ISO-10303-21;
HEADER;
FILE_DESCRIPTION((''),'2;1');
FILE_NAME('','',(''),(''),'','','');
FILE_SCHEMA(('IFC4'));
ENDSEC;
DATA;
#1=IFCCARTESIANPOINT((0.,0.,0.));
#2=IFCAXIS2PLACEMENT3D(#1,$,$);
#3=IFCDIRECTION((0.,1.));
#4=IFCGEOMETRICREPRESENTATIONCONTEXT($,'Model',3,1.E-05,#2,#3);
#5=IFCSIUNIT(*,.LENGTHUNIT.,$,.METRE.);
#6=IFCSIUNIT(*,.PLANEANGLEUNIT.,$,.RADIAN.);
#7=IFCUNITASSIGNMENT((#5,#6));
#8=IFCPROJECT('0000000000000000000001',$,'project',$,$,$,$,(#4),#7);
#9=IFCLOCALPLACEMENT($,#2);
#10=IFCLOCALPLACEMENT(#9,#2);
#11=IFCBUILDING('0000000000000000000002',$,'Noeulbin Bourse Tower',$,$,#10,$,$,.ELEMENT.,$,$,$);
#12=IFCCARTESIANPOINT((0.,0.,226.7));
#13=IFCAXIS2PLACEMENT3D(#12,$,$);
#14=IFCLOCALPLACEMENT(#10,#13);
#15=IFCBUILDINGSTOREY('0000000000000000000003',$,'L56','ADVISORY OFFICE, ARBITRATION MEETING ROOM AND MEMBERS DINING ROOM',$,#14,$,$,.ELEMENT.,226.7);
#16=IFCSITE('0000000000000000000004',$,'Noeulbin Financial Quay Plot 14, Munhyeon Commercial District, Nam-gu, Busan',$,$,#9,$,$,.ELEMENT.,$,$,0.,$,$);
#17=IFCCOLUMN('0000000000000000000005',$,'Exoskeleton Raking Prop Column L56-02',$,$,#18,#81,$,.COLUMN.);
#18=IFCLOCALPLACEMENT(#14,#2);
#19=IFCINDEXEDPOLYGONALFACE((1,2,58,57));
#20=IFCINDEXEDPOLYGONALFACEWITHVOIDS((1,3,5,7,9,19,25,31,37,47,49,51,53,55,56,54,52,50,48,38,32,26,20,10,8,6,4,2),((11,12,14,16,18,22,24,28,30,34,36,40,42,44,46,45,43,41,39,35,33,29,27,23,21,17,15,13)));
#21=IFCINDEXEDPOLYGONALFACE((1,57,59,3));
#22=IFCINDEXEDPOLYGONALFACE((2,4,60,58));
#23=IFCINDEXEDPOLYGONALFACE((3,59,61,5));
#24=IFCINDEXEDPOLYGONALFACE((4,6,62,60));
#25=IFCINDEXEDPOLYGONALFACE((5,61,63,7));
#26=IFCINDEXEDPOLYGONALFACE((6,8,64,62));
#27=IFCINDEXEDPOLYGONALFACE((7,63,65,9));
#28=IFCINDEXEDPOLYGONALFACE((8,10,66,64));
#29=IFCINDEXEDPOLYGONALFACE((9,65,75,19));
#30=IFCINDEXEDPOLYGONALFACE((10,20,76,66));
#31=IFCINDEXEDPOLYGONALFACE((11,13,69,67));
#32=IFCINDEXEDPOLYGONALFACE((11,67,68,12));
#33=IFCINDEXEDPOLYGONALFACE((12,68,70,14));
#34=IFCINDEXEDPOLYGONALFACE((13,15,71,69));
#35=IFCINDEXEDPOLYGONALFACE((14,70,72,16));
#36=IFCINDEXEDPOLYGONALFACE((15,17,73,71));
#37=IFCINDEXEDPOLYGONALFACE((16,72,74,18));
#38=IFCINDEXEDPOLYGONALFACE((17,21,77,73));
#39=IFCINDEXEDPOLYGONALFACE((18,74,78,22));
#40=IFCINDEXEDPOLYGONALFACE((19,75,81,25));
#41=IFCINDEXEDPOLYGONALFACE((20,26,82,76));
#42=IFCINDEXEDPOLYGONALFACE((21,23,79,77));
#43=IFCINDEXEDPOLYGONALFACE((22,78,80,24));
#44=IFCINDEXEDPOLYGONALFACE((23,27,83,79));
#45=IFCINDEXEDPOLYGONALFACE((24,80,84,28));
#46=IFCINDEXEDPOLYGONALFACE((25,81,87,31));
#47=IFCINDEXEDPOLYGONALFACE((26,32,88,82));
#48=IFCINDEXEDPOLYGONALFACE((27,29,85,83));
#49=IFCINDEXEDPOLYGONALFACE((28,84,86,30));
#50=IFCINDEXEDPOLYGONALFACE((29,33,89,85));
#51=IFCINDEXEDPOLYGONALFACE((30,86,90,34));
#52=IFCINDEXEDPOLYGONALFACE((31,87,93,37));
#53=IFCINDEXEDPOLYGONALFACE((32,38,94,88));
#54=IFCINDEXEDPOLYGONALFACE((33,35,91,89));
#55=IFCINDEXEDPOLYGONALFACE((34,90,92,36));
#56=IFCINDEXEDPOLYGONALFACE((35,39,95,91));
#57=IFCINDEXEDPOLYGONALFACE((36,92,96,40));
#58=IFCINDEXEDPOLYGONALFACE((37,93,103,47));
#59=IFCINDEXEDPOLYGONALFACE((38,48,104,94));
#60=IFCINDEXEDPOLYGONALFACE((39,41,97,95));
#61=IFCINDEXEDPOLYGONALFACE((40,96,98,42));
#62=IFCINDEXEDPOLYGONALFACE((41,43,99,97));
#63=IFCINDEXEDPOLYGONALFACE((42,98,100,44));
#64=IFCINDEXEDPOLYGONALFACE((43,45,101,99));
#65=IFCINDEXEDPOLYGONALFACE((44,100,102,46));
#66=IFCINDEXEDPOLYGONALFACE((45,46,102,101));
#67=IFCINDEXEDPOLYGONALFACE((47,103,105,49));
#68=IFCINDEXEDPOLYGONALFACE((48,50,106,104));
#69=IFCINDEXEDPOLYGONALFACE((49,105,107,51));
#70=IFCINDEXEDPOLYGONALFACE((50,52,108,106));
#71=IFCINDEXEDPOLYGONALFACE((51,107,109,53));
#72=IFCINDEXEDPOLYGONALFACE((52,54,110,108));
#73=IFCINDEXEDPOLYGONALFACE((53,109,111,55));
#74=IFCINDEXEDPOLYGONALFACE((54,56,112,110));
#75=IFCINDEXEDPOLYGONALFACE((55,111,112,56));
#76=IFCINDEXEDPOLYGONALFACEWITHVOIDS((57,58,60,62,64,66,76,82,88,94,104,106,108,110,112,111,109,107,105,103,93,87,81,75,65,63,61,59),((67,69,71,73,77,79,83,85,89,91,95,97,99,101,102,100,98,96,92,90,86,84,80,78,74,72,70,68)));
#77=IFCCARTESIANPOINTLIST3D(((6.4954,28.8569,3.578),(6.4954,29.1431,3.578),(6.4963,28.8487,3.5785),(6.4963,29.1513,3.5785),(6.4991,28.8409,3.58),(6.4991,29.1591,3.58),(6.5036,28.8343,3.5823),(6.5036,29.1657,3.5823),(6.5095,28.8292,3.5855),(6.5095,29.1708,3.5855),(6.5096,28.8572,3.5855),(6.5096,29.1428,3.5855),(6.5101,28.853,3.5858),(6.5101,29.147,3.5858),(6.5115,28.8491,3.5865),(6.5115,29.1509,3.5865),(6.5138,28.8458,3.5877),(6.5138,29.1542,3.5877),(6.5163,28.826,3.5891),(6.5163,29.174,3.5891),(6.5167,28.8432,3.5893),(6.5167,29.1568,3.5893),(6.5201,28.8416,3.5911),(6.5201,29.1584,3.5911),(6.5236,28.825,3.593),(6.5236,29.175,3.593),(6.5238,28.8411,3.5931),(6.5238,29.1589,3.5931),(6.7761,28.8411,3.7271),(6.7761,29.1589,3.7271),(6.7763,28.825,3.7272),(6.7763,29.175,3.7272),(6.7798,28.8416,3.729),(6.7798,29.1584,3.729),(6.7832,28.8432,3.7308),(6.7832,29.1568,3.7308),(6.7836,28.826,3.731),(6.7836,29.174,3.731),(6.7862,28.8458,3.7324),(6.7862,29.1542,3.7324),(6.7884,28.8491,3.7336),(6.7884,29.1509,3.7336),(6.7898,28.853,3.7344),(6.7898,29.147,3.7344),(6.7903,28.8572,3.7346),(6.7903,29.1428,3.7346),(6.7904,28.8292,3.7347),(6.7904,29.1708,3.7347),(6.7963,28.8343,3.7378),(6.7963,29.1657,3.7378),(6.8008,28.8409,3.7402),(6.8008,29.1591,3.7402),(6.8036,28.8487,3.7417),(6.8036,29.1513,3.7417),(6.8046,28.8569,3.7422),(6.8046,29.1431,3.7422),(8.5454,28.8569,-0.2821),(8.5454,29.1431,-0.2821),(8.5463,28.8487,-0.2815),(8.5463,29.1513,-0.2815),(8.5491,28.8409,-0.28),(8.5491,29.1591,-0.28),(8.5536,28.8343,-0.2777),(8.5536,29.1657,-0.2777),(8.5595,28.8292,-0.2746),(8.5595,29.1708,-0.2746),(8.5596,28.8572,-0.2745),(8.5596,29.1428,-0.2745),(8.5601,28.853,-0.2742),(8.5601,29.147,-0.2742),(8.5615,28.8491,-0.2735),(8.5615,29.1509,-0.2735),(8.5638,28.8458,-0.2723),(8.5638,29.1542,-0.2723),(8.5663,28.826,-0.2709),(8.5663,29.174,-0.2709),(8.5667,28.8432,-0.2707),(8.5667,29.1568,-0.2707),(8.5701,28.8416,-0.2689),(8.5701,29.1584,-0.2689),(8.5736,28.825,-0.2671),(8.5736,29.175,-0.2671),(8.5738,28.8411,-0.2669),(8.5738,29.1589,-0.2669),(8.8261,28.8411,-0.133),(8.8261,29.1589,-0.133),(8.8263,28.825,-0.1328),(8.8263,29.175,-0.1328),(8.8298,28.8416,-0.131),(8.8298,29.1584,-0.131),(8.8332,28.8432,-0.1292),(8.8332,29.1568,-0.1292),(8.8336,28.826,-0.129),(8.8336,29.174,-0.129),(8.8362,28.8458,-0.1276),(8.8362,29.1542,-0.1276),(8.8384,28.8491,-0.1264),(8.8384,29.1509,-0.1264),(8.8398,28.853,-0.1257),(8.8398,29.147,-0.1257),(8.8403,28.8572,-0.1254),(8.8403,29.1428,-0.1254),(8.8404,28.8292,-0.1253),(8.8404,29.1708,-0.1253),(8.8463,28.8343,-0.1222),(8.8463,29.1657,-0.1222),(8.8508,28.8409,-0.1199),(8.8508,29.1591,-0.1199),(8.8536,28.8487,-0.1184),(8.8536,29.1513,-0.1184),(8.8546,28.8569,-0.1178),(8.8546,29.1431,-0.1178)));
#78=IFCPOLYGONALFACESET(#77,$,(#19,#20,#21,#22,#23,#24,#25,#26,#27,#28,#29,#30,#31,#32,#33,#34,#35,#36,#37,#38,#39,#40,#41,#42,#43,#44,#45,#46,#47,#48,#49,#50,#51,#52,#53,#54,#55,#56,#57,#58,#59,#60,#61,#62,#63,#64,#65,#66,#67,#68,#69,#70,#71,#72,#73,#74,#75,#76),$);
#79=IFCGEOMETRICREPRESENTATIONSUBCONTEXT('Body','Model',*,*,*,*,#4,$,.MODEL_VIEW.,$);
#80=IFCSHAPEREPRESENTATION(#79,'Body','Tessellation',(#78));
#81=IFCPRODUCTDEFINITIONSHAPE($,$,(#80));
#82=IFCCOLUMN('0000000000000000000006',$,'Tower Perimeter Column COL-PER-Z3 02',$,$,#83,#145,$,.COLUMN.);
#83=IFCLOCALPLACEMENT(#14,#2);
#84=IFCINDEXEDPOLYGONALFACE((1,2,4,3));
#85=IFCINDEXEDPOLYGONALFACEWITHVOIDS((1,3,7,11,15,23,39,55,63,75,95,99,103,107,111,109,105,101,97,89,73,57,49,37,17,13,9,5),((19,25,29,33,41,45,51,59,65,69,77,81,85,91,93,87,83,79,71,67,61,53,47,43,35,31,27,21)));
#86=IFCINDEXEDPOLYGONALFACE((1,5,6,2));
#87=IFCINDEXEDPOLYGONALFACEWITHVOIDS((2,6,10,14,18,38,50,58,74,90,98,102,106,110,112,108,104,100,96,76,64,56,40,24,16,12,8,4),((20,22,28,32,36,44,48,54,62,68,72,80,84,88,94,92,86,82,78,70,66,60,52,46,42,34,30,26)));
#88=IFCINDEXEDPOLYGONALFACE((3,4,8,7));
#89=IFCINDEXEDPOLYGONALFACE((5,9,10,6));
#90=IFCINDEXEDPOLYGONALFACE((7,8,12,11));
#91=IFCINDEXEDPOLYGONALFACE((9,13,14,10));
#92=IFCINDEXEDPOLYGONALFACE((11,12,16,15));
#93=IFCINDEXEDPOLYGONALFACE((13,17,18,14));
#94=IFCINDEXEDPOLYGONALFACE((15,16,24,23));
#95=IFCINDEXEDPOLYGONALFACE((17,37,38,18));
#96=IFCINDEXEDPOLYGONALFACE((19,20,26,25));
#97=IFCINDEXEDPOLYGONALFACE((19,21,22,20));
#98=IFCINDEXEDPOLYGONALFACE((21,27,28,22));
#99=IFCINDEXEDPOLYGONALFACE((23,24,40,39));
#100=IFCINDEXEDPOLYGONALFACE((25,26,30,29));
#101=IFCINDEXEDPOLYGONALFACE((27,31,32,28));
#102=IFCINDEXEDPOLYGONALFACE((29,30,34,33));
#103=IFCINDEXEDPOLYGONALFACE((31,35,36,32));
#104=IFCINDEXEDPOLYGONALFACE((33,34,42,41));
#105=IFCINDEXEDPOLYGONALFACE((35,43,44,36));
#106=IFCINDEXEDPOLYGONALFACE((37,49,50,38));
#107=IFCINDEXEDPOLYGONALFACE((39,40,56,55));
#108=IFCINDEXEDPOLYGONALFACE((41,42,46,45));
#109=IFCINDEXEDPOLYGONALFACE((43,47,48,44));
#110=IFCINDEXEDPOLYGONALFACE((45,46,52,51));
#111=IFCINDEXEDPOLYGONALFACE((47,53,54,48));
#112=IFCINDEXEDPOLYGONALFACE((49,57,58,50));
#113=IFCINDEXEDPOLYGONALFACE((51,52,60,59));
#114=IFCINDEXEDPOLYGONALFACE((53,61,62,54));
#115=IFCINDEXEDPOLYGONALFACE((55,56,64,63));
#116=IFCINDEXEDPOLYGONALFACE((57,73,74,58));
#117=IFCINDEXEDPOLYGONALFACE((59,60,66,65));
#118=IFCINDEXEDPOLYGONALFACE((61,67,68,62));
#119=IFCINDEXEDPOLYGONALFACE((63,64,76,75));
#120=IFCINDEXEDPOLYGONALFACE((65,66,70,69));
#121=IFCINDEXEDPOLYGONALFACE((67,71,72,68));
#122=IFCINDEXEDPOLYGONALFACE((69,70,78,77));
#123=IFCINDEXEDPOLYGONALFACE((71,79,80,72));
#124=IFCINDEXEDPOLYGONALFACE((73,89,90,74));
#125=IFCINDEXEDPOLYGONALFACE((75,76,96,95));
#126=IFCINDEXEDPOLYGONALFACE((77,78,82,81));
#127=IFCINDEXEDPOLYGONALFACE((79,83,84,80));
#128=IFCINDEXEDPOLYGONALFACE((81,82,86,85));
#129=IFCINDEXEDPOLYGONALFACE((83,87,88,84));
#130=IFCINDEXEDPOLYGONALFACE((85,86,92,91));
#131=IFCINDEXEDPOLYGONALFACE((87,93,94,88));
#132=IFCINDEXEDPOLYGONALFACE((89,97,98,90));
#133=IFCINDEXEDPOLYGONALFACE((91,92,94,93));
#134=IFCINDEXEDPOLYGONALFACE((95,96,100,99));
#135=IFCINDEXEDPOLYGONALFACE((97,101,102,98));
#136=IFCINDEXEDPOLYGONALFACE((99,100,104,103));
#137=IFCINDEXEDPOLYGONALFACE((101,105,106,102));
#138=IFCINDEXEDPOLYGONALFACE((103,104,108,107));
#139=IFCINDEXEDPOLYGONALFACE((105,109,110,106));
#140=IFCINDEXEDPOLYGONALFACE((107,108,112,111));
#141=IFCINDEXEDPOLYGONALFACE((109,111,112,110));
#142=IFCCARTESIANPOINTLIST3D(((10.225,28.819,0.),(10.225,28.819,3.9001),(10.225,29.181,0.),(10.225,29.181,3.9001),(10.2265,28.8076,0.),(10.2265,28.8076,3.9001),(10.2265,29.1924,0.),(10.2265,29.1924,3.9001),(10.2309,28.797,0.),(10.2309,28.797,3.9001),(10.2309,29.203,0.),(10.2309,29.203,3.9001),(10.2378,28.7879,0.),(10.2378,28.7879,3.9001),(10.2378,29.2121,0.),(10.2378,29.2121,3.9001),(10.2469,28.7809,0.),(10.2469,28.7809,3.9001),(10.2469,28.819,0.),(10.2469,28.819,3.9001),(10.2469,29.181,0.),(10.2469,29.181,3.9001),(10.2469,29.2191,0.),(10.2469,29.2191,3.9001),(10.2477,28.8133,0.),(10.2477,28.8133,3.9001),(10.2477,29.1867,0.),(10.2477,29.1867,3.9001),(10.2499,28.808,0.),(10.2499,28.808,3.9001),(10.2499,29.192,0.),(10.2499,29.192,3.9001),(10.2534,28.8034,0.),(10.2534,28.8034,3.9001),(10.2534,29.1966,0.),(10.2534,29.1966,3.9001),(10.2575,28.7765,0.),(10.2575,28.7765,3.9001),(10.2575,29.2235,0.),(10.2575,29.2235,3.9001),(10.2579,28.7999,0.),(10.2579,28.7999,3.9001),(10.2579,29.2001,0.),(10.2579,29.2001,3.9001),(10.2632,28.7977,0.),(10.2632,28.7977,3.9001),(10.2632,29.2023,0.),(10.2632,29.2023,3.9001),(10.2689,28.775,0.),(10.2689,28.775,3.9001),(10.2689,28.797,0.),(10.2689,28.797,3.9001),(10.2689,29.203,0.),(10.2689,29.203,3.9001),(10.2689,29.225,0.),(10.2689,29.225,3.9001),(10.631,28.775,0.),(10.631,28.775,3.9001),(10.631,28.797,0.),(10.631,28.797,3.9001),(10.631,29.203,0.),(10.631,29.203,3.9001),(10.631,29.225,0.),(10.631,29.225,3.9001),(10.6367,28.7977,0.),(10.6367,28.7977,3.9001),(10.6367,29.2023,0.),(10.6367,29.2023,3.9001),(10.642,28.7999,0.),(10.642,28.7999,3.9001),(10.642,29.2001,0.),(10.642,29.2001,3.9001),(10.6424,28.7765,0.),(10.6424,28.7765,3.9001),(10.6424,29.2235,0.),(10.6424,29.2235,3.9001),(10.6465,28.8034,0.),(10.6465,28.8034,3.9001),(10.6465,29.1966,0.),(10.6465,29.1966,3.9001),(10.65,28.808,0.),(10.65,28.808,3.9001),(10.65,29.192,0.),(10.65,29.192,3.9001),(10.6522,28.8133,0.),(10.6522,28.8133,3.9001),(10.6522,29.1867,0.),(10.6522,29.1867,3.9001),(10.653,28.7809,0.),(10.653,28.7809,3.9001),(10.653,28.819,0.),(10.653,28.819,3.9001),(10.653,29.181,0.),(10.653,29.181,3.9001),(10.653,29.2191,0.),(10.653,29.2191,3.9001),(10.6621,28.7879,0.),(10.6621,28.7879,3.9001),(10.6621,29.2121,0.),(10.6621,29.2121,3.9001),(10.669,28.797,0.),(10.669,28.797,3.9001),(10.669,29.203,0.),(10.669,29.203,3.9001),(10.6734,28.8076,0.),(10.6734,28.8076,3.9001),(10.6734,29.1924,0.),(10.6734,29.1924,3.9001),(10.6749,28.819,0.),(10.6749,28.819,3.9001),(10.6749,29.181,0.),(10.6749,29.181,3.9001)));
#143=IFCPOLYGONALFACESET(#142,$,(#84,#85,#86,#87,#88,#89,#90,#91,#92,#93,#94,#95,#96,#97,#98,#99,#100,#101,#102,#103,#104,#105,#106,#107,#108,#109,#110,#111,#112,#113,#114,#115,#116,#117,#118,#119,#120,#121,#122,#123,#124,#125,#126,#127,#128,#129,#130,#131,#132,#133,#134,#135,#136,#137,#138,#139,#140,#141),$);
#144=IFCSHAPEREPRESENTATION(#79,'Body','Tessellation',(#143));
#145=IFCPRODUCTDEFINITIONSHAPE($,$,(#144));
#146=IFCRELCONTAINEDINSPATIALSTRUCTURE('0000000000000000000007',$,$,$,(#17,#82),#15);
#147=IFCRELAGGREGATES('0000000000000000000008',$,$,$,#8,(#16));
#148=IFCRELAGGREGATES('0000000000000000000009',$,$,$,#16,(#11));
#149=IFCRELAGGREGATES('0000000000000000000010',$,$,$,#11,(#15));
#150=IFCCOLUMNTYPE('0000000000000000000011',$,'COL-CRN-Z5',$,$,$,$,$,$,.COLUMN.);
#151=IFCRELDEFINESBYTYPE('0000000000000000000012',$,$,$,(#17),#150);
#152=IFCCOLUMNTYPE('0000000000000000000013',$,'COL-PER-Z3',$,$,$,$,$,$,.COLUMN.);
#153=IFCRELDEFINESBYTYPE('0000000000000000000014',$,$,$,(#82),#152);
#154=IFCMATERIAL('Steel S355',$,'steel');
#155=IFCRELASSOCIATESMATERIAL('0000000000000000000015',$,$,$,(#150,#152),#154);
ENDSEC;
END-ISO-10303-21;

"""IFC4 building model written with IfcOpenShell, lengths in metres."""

from ifc_helpers import new_model, si_unit, direction, frame, origin, origin_2d, place, context, subcontext, project, spatial, hollow_rectangle, extrude, material, material_profile, profile_set, type_object, element, save


model = new_model("IFC4")

# Units and contexts
model_context = context("Model", 3, precision=1e-05, world=origin(), true_north=direction((0.0, 1.0)))
body_context = subcontext(model_context, "Body", "Model", "MODEL_VIEW")
ifc_project = project(units=[si_unit("LENGTHUNIT", "METRE"), si_unit("PLANEANGLEUNIT", "RADIAN")], contexts=[model_context])

# Site, building, storey
site_placement = place(None, origin())
site = spatial("IfcSite", under=ifc_project, at=site_placement, Name="Noeulbin Financial Quay Plot 14, Munhyeon Commercial District, Nam-gu, Busan", CompositionType="ELEMENT", RefElevation=0.0)
building_placement = place(site_placement, origin())
building = spatial("IfcBuilding", under=site, at=building_placement, Name="Noeulbin Bourse Tower", CompositionType="ELEMENT")
storey_placement = place(building_placement, frame((0.0, 0.0, 226.7)))
storey = spatial("IfcBuildingStorey", under=building, at=storey_placement, Name="L56", Description="ADVISORY OFFICE, ARBITRATION MEETING ROOM AND MEMBERS DINING ROOM", CompositionType="ELEMENT", Elevation=226.7)

# Columns
ifc_material_1 = material(Name="Steel S355", Category="steel")
ifc_material_profile_1 = material_profile(ifc_material_1, hollow_rectangle(XDim=0.3501, YDim=0.3501, WallThickness=0.0161, InnerFilletRadius=0.0161, OuterFilletRadius=0.032, at=origin_2d()), Name="SHS-350x350x16", Category="LoadBearing")
ifc_profile_set_1 = profile_set([ifc_material_profile_1], Name="Steel S355")
column_type_1 = type_object("IfcColumnType", Name="COL-CRN-Z5", PredefinedType="COLUMN", material=ifc_profile_set_1)
column_1_placement = place(storey_placement, frame((8.7, 29.0, -0.2), z_axis=(-0.469042, 0.0, 0.883176), x_axis=(0.0, -1.0, 0.0)))
element("IfcColumn", 1, at=column_1_placement, inside=storey, type_object=column_type_1, Name="Exoskeleton Raking Prop Column L56-02", PredefinedType="COLUMN", context=body_context, shape_type="SweptSolid", body=[
    extrude(hollow_rectangle(XDim=0.3501, YDim=0.3501, WallThickness=0.0161, InnerFilletRadius=0.0161, OuterFilletRadius=0.032, at=origin_2d()), origin(), (0.0, 0.0, 1.0), 4.3706),
])
ifc_material_profile_2 = material_profile(ifc_material_1, hollow_rectangle(XDim=0.45, YDim=0.45, WallThickness=0.022, InnerFilletRadius=0.022, OuterFilletRadius=0.0439, at=origin_2d()), Name="SHS-450x450x22", Category="LoadBearing")
ifc_profile_set_2 = profile_set([ifc_material_profile_2], Name="Steel S355")
column_type_2 = type_object("IfcColumnType", Name="COL-PER-Z3", PredefinedType="COLUMN", material=ifc_profile_set_2)
column_2_placement = place(storey_placement, frame((10.45, 29.0, 0.0), z_axis=(0.0, 0.0, 1.0), x_axis=(1.0, 0.0, 0.0)))
element("IfcColumn", 2, at=column_2_placement, inside=storey, type_object=column_type_2, Name="Tower Perimeter Column COL-PER-Z3 02", PredefinedType="COLUMN", context=body_context, shape_type="SweptSolid", body=[
    extrude(hollow_rectangle(XDim=0.45, YDim=0.45, WallThickness=0.022, InnerFilletRadius=0.022, OuterFilletRadius=0.0439, at=origin_2d()), origin(), (0.0, 0.0, 1.0), 3.9001),
])

save(model, "model.ifc")
